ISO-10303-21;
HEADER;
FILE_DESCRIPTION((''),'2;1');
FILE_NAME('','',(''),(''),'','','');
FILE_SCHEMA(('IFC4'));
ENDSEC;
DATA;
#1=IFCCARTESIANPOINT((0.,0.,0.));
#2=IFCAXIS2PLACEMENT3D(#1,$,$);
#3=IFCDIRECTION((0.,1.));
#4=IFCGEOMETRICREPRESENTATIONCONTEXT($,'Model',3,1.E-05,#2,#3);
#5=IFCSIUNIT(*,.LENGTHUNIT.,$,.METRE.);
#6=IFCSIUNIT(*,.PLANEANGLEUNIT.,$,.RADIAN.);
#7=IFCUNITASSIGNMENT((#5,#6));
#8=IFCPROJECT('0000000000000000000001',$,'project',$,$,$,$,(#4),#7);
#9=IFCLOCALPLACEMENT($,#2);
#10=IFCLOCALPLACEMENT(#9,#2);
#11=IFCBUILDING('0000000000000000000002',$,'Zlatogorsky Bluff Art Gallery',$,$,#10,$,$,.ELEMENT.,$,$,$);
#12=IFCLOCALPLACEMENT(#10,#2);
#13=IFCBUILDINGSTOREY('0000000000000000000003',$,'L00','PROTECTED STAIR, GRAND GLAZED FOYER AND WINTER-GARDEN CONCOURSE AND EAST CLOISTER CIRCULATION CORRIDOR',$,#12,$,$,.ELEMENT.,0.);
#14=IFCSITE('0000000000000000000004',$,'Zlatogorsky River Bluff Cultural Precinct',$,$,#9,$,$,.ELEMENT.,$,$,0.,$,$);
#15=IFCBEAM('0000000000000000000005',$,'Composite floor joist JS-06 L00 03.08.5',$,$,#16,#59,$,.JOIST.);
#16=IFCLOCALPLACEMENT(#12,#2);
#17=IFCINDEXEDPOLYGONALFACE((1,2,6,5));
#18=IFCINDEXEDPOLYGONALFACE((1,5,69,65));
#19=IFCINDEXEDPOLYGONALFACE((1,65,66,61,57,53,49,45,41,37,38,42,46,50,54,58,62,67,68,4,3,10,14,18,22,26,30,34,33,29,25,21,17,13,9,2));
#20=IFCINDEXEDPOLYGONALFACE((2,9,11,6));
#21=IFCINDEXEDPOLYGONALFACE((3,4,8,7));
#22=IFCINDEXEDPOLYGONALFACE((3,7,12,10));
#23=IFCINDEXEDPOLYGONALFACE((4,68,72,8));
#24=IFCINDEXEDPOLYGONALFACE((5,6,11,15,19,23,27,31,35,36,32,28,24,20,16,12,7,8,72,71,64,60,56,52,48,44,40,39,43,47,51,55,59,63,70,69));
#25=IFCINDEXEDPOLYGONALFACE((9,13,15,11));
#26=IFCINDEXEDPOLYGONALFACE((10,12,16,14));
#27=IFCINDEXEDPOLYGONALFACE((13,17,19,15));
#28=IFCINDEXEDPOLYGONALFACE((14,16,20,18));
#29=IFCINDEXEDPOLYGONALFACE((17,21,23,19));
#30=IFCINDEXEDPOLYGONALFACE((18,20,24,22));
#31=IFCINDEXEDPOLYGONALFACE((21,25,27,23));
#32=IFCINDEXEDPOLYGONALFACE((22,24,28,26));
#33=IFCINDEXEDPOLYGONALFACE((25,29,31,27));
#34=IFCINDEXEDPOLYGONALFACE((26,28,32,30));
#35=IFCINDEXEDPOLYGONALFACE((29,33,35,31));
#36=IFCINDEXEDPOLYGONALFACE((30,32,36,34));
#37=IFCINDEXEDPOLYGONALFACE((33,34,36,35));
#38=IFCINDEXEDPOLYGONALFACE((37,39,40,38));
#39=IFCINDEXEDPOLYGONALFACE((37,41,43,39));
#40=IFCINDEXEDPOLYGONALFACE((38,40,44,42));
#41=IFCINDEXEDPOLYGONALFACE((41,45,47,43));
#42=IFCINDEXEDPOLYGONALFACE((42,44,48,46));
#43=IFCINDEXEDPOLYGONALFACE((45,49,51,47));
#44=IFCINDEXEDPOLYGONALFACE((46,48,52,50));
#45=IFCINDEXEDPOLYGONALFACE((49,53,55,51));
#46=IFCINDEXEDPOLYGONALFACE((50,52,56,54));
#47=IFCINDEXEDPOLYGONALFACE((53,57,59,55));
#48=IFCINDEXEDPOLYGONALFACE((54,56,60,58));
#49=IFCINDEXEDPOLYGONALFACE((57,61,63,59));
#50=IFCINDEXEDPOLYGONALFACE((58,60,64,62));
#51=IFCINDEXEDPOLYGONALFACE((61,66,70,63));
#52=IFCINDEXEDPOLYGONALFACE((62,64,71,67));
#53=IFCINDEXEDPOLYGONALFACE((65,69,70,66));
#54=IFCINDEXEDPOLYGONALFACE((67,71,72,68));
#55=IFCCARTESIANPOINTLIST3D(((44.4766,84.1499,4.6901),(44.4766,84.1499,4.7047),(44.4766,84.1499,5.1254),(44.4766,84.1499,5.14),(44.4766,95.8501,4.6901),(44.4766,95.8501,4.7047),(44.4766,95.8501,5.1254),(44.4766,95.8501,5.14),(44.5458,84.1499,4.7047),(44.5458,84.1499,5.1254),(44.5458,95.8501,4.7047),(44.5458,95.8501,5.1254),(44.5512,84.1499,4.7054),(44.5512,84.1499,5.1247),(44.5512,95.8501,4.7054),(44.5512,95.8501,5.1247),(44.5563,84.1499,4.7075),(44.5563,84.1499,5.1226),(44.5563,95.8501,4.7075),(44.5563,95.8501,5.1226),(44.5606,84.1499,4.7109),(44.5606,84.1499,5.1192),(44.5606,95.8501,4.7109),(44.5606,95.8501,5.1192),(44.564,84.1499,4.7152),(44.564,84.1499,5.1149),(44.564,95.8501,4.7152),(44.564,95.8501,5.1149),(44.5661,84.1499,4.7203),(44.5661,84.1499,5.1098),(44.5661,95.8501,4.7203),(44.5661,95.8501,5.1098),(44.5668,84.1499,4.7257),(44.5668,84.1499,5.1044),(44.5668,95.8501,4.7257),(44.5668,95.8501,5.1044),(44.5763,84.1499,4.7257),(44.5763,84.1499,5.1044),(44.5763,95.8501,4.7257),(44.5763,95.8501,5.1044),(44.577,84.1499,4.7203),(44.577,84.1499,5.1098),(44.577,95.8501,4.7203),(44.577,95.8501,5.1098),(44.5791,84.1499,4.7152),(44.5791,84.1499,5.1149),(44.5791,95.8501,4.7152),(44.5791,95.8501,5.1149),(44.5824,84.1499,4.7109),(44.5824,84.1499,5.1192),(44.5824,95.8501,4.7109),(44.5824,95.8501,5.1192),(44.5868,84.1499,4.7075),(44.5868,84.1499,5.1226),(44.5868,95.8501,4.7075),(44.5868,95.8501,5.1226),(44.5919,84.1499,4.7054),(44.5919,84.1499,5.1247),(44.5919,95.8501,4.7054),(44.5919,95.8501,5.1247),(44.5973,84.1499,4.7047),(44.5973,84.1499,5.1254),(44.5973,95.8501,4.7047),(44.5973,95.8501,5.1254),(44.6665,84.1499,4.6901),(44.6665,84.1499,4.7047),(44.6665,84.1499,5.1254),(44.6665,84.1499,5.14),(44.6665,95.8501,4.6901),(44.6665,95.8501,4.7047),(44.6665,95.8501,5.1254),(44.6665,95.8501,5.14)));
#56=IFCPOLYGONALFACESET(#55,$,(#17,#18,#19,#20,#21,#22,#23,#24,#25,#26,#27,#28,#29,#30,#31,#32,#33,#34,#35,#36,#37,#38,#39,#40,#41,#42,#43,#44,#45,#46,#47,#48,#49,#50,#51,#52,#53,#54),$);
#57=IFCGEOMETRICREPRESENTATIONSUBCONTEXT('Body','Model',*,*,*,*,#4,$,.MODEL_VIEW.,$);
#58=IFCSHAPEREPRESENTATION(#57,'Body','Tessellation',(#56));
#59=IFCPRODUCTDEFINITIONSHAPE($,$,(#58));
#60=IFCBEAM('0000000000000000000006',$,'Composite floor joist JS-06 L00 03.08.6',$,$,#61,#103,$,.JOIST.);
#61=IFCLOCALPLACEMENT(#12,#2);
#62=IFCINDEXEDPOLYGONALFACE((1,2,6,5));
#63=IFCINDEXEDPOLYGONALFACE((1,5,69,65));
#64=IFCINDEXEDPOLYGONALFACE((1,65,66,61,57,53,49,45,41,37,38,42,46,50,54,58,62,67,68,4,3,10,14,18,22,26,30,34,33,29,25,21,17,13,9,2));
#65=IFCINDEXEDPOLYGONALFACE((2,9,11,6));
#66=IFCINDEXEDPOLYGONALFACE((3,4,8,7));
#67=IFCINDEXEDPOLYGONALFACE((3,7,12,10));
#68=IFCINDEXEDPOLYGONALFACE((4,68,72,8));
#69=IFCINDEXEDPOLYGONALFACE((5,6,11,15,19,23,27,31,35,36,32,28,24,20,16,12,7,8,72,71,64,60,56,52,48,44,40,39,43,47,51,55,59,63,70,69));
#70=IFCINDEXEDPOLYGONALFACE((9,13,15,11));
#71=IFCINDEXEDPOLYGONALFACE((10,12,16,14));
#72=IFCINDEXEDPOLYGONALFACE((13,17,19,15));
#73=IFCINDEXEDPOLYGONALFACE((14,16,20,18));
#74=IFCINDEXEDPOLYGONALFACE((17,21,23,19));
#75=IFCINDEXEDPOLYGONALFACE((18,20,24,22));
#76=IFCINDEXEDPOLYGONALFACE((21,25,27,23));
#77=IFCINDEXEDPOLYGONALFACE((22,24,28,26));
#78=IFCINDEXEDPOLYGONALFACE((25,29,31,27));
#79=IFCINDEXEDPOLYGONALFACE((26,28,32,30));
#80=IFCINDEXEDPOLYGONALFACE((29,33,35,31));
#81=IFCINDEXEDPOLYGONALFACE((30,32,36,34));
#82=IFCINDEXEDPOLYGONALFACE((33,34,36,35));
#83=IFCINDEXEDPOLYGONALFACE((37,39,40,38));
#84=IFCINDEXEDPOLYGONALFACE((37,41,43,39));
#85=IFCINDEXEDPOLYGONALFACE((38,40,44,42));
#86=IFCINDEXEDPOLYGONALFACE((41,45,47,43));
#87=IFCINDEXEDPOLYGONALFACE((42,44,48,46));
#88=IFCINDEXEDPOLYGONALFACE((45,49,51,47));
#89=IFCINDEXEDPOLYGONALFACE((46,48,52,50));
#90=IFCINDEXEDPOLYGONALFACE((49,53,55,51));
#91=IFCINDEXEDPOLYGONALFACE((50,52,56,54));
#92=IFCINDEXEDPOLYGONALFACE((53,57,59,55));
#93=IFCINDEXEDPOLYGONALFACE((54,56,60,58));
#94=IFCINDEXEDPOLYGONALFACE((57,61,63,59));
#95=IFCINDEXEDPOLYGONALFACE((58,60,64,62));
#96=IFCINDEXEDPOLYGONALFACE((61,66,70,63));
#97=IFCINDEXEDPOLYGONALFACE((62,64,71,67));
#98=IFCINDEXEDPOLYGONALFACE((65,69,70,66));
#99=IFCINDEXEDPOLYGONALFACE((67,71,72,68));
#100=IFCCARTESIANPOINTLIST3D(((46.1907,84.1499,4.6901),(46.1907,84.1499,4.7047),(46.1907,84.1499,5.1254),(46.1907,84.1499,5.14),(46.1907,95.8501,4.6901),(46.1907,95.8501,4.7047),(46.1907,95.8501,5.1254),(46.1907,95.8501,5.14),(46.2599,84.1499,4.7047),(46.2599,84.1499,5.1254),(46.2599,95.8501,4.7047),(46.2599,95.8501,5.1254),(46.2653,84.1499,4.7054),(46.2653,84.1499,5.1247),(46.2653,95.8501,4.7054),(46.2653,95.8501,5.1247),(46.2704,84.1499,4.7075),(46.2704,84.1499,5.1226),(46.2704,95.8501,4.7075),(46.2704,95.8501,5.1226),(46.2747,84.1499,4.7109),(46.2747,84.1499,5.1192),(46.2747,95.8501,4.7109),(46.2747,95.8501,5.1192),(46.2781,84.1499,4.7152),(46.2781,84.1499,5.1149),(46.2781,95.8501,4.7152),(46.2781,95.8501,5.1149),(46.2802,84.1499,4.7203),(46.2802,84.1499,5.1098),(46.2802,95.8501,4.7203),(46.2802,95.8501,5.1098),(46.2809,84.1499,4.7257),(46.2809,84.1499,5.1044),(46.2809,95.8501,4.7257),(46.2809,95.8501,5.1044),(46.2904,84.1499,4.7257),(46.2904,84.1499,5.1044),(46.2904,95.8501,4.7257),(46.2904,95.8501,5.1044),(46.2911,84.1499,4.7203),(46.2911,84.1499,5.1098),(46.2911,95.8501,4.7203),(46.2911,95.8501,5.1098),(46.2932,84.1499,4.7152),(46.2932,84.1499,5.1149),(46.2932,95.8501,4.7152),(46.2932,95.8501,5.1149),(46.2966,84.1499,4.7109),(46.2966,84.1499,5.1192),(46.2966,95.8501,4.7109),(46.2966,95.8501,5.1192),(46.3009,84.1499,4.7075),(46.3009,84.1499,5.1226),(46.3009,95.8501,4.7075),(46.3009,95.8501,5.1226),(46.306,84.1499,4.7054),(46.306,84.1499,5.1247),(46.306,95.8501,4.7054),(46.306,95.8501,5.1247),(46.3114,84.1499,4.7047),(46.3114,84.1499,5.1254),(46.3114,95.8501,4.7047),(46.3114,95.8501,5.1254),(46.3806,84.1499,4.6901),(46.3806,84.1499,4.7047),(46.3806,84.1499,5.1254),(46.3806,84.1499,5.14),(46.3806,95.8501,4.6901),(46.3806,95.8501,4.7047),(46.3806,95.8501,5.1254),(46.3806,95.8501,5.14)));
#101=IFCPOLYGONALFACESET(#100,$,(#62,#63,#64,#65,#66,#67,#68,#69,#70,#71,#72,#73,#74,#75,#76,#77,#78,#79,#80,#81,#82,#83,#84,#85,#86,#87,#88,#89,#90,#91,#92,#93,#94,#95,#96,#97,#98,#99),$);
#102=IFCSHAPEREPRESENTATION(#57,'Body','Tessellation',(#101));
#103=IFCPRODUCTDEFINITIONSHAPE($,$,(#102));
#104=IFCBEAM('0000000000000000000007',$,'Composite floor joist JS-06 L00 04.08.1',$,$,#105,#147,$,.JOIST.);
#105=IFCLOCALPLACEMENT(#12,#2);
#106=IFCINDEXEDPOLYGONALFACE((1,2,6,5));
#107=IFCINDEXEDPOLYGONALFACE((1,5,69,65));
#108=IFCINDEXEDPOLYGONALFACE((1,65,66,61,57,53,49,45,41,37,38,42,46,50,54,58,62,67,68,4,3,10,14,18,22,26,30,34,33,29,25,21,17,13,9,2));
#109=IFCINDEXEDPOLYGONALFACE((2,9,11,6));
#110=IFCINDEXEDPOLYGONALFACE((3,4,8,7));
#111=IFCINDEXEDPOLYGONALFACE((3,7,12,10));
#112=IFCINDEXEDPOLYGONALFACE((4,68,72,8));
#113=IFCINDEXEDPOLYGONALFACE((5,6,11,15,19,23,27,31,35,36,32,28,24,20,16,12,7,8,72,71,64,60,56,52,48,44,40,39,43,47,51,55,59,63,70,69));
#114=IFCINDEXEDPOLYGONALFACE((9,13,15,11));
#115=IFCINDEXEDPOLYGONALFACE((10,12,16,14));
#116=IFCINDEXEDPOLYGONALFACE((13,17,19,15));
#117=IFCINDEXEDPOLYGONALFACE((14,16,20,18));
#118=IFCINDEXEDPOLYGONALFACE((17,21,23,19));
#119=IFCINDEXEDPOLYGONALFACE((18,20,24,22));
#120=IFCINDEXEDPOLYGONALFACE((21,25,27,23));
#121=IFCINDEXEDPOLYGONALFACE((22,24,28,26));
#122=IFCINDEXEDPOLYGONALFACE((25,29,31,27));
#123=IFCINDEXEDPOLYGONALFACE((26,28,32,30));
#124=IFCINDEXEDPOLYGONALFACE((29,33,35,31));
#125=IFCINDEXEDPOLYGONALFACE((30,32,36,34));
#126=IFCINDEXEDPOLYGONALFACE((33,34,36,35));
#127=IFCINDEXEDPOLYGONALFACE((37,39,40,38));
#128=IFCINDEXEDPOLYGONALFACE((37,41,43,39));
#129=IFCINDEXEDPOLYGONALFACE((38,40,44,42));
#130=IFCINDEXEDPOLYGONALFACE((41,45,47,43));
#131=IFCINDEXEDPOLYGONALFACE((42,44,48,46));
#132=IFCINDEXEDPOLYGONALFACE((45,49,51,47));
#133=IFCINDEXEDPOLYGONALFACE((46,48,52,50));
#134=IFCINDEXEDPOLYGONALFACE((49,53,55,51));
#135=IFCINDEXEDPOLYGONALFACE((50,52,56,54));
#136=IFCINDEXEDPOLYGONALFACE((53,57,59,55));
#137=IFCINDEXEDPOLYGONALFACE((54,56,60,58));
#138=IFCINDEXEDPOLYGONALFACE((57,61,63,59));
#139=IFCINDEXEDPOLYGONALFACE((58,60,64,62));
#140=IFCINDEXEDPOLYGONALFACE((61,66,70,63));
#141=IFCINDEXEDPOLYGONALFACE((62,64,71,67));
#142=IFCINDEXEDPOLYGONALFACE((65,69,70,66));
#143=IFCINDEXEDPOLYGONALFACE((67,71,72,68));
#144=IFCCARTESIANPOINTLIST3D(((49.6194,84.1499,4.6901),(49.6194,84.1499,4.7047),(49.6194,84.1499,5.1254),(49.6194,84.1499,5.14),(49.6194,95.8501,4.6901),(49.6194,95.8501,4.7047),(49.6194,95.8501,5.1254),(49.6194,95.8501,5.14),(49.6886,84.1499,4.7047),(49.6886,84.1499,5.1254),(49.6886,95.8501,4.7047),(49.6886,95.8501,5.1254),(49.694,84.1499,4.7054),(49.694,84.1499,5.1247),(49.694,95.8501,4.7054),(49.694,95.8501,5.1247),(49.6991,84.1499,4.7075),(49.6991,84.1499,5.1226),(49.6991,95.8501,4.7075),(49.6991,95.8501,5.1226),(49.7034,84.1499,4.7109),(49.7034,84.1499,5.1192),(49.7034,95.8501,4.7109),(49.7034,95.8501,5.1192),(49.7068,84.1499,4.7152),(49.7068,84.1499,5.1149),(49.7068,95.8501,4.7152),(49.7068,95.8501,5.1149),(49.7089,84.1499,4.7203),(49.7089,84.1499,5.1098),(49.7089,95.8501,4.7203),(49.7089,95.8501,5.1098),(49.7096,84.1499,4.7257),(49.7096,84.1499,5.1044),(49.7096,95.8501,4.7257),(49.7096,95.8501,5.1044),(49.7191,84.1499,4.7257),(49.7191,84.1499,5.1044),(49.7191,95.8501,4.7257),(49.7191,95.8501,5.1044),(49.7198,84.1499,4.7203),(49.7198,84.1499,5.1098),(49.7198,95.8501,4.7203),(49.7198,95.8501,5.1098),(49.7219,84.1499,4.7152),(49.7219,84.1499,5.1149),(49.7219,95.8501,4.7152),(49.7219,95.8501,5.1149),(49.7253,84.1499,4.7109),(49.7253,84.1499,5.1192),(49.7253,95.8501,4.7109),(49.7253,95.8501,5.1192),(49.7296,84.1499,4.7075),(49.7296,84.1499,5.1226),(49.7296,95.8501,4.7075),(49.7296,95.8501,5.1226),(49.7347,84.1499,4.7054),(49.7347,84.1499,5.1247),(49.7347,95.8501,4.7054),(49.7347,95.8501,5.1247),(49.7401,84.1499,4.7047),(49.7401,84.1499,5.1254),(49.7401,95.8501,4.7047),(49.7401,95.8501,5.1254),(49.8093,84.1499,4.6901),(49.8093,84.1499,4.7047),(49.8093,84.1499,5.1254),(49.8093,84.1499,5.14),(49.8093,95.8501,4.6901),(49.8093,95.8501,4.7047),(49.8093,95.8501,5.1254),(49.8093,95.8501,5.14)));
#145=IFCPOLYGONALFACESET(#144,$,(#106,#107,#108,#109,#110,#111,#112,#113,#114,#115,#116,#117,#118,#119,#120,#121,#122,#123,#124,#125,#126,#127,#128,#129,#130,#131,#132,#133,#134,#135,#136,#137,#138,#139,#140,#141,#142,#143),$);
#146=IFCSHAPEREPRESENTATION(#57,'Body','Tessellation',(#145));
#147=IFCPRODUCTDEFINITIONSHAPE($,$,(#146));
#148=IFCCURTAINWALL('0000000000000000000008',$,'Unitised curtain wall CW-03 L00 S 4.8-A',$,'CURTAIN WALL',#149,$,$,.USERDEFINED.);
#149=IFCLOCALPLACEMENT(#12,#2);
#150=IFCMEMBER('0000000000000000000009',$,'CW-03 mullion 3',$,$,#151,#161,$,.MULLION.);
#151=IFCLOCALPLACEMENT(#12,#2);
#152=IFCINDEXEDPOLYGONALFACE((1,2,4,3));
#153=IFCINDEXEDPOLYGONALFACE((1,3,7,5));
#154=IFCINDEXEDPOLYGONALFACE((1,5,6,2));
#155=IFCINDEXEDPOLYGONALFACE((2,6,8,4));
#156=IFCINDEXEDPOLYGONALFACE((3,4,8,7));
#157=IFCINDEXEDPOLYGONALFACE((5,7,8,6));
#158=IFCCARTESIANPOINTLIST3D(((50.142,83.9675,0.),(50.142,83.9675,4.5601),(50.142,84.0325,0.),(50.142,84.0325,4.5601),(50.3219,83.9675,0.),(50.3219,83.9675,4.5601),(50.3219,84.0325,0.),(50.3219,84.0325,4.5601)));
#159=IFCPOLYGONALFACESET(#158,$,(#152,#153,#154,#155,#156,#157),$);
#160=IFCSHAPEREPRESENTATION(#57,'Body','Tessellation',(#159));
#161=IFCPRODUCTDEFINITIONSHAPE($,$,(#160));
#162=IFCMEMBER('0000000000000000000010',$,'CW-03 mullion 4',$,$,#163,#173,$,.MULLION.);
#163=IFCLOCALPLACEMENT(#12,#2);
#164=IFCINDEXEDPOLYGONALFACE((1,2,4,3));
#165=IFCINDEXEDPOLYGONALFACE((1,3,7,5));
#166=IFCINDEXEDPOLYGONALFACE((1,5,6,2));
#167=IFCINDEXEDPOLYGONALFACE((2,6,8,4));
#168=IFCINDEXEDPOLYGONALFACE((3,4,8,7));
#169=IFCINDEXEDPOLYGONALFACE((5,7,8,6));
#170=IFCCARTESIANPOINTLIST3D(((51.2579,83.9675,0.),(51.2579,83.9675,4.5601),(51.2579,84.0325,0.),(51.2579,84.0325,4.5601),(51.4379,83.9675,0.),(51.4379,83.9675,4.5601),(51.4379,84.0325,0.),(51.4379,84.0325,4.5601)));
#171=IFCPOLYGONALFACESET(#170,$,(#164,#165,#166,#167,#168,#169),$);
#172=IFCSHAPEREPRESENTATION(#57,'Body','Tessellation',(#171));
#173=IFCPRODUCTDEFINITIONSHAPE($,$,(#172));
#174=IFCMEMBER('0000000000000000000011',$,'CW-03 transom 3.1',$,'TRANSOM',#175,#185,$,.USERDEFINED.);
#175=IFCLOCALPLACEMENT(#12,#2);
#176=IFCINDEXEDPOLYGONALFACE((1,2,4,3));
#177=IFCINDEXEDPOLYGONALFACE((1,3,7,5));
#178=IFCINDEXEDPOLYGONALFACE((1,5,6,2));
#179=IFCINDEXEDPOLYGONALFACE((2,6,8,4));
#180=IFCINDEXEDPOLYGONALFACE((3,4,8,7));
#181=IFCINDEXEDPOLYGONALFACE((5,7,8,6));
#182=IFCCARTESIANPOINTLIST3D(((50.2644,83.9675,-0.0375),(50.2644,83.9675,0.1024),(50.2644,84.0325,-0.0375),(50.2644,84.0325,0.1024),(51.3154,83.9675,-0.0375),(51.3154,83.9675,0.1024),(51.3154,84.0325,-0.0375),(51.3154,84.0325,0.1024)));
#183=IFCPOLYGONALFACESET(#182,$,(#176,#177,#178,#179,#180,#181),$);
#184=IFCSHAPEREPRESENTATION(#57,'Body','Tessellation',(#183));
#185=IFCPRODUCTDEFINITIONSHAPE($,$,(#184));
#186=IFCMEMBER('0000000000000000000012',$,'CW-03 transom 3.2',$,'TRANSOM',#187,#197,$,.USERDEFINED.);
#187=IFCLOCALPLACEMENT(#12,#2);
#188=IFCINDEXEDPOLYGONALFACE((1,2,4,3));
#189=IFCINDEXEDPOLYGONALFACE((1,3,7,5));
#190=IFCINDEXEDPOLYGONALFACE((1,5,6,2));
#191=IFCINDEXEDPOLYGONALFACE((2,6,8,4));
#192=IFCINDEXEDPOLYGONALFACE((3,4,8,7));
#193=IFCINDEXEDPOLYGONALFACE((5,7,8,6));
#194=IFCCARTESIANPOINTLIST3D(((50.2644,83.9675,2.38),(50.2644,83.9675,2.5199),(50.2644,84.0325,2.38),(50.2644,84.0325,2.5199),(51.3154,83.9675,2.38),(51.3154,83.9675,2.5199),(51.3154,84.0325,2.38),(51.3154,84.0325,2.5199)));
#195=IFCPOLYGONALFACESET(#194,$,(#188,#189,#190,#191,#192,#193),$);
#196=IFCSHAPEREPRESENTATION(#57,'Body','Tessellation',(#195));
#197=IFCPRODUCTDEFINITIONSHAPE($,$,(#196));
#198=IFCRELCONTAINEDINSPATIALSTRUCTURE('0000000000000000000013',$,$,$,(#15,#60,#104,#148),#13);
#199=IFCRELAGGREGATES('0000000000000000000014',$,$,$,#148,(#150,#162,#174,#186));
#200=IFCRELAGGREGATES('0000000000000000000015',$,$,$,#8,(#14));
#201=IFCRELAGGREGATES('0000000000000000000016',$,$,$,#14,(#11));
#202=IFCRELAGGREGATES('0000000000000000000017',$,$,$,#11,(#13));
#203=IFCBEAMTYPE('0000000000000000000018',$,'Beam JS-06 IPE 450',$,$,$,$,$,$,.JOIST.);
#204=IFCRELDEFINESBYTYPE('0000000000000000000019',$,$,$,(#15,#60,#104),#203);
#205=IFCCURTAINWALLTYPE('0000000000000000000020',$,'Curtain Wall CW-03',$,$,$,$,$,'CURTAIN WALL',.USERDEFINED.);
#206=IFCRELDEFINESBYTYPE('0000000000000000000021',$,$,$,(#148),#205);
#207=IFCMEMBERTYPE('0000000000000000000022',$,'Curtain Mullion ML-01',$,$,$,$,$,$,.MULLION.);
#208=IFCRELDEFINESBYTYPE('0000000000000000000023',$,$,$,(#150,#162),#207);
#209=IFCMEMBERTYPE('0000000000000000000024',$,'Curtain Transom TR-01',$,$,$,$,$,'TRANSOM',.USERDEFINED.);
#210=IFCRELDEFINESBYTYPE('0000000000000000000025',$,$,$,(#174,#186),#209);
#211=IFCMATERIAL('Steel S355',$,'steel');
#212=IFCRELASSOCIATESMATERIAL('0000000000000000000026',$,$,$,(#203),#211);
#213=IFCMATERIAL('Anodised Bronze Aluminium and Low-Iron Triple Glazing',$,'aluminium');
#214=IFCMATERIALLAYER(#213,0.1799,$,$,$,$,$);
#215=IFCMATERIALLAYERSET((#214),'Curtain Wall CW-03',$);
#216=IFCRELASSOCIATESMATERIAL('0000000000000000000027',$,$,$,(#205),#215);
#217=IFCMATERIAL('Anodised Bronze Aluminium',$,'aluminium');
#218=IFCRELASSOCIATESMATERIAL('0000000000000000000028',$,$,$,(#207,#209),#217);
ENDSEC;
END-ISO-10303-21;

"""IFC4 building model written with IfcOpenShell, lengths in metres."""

from ifc_helpers import new_model, si_unit, direction, frame, origin, origin_2d, place, context, subcontext, project, spatial, rectangle, i_section, extrude, material, layer, layer_set, material_profile, profile_set, type_object, element, aggregate, save


model = new_model("IFC4")

# Units and contexts
model_context = context("Model", 3, precision=1e-05, world=origin(), true_north=direction((0.0, 1.0)))
body_context = subcontext(model_context, "Body", "Model", "MODEL_VIEW")
ifc_project = project(units=[si_unit("LENGTHUNIT", "METRE"), si_unit("PLANEANGLEUNIT", "RADIAN")], contexts=[model_context])

# Site, building, storey
site_placement = place(None, origin())
site = spatial("IfcSite", under=ifc_project, at=site_placement, Name="Zlatogorsky River Bluff Cultural Precinct", CompositionType="ELEMENT", RefElevation=0.0)
building_placement = place(site_placement, origin())
building = spatial("IfcBuilding", under=site, at=building_placement, Name="Zlatogorsky Bluff Art Gallery", CompositionType="ELEMENT")
storey_placement = place(building_placement, origin())
storey = spatial("IfcBuildingStorey", under=building, at=storey_placement, Name="L00", Description="PROTECTED STAIR, GRAND GLAZED FOYER AND WINTER-GARDEN CONCOURSE AND EAST CLOISTER CIRCULATION CORRIDOR", CompositionType="ELEMENT", Elevation=0.0)

# Beams
ifc_material_1 = material(Name="Steel S355", Category="steel")
ifc_material_profile_1 = material_profile(ifc_material_1, i_section(OverallWidth=0.1899, OverallDepth=0.45, WebThickness=0.0095, FlangeThickness=0.0146, FilletRadius=0.021, at=origin_2d()), Name="IPE 450")
ifc_profile_set_1 = profile_set([ifc_material_profile_1], Name="Steel S355")
beam_type_1 = type_object("IfcBeamType", Name="Beam JS-06 IPE 450", PredefinedType="JOIST", material=ifc_profile_set_1)
for number, where, z_axis, x_axis, name in (
    (1, (44.5715, 84.1499, 4.915), (0.0, 1.0, 0.0), (-1.0, 0.0, 0.0), "Composite floor joist JS-06 L00 03.08.5"),
    (2, (46.2856, 84.1499, 4.915), (0.0, 1.0, 0.0), (-1.0, 0.0, 0.0), "Composite floor joist JS-06 L00 03.08.6"),
    (3, (49.7144, 84.1499, 4.915), (0.0, 1.0, 0.0), (-1.0, 0.0, 0.0), "Composite floor joist JS-06 L00 04.08.1"),
):
    element("IfcBeam", number, at=place(storey_placement, frame(where, z_axis=z_axis, x_axis=x_axis)), inside=storey, type_object=beam_type_1, Name=name, PredefinedType="JOIST", context=body_context, shape_type="SweptSolid", body=[
        extrude(i_section(OverallWidth=0.1899, OverallDepth=0.45, WebThickness=0.0095, FlangeThickness=0.0146, FilletRadius=0.021, at=origin_2d()), origin(), (0.0, 0.0, 1.0), 11.7002),
    ])

# Curtain wall, members
ifc_material_2 = material(Name="Anodised Bronze Aluminium and Low-Iron Triple Glazing", Category="aluminium")
ifc_layer_1 = layer(ifc_material_2, 0.1799)
ifc_layer_set_1 = layer_set([ifc_layer_1], Name="Curtain Wall CW-03")
curtain_wall_type = type_object("IfcCurtainWallType", Name="Curtain Wall CW-03", ElementType="CURTAIN WALL", PredefinedType="USERDEFINED", material=ifc_layer_set_1)
curtain_wall_placement = place(storey_placement, origin())
curtain_wall = element("IfcCurtainWall", 4, at=curtain_wall_placement, inside=storey, type_object=curtain_wall_type, Name="Unitised curtain wall CW-03 L00 S 4.8-A", ObjectType="CURTAIN WALL", PredefinedType="USERDEFINED")
ifc_material_3 = material(Name="Anodised Bronze Aluminium", Category="aluminium")
ifc_material_profile_2 = material_profile(ifc_material_3, rectangle(XDim=0.0649, YDim=0.1799, at=origin_2d()), Name="ALU MULLION 65x180")
ifc_profile_set_2 = profile_set([ifc_material_profile_2], Name="Anodised Bronze Aluminium")
member_type_1 = type_object("IfcMemberType", Name="Curtain Mullion ML-01", PredefinedType="MULLION", material=ifc_profile_set_2)
member_1_placement = place(storey_placement, frame((50.2319, 84.0, 0.0), z_axis=(0.0, 0.0, 1.0), x_axis=(0.0, 1.0, 0.0)))
member_1 = element("IfcMember", 5, at=member_1_placement, type_object=member_type_1, Name="CW-03 mullion 3", PredefinedType="MULLION", context=body_context, shape_type="SweptSolid", body=[
    extrude(rectangle(XDim=0.0649, YDim=0.1799, at=origin_2d()), origin(), (0.0, 0.0, 1.0), 4.5601),
])
member_2_placement = place(storey_placement, frame((51.3479, 84.0, 0.0), z_axis=(0.0, 0.0, 1.0), x_axis=(0.0, 1.0, 0.0)))
member_2 = element("IfcMember", 6, at=member_2_placement, type_object=member_type_1, Name="CW-03 mullion 4", PredefinedType="MULLION", context=body_context, shape_type="SweptSolid", body=[
    extrude(rectangle(XDim=0.0649, YDim=0.1799, at=origin_2d()), origin(), (0.0, 0.0, 1.0), 4.5601),
])
ifc_material_profile_3 = material_profile(ifc_material_3, rectangle(XDim=0.0649, YDim=0.1399, at=origin_2d()), Name="ALU TRANSOM 65x140")
ifc_profile_set_3 = profile_set([ifc_material_profile_3], Name="Anodised Bronze Aluminium")
member_type_2 = type_object("IfcMemberType", Name="Curtain Transom TR-01", ElementType="TRANSOM", PredefinedType="USERDEFINED", material=ifc_profile_set_3)
member_3_placement = place(storey_placement, frame((50.2644, 84.0, 0.0325), z_axis=(1.0, 0.0, 0.0), x_axis=(0.0, 1.0, 0.0)))
member_3 = element("IfcMember", 7, at=member_3_placement, type_object=member_type_2, Name="CW-03 transom 3.1", ObjectType="TRANSOM", PredefinedType="USERDEFINED", context=body_context, shape_type="SweptSolid", body=[
    extrude(rectangle(XDim=0.0649, YDim=0.1399, at=origin_2d()), origin(), (0.0, 0.0, 1.0), 1.051),
])
member_4_placement = place(storey_placement, frame((50.2644, 84.0, 2.45), z_axis=(1.0, 0.0, 0.0), x_axis=(0.0, 1.0, 0.0)))
member_4 = element("IfcMember", 8, at=member_4_placement, type_object=member_type_2, Name="CW-03 transom 3.2", ObjectType="TRANSOM", PredefinedType="USERDEFINED", context=body_context, shape_type="SweptSolid", body=[
    extrude(rectangle(XDim=0.0649, YDim=0.1399, at=origin_2d()), origin(), (0.0, 0.0, 1.0), 1.051),
])
aggregate(curtain_wall, [member_1, member_2, member_3, member_4])

save(model, "model.ifc")
